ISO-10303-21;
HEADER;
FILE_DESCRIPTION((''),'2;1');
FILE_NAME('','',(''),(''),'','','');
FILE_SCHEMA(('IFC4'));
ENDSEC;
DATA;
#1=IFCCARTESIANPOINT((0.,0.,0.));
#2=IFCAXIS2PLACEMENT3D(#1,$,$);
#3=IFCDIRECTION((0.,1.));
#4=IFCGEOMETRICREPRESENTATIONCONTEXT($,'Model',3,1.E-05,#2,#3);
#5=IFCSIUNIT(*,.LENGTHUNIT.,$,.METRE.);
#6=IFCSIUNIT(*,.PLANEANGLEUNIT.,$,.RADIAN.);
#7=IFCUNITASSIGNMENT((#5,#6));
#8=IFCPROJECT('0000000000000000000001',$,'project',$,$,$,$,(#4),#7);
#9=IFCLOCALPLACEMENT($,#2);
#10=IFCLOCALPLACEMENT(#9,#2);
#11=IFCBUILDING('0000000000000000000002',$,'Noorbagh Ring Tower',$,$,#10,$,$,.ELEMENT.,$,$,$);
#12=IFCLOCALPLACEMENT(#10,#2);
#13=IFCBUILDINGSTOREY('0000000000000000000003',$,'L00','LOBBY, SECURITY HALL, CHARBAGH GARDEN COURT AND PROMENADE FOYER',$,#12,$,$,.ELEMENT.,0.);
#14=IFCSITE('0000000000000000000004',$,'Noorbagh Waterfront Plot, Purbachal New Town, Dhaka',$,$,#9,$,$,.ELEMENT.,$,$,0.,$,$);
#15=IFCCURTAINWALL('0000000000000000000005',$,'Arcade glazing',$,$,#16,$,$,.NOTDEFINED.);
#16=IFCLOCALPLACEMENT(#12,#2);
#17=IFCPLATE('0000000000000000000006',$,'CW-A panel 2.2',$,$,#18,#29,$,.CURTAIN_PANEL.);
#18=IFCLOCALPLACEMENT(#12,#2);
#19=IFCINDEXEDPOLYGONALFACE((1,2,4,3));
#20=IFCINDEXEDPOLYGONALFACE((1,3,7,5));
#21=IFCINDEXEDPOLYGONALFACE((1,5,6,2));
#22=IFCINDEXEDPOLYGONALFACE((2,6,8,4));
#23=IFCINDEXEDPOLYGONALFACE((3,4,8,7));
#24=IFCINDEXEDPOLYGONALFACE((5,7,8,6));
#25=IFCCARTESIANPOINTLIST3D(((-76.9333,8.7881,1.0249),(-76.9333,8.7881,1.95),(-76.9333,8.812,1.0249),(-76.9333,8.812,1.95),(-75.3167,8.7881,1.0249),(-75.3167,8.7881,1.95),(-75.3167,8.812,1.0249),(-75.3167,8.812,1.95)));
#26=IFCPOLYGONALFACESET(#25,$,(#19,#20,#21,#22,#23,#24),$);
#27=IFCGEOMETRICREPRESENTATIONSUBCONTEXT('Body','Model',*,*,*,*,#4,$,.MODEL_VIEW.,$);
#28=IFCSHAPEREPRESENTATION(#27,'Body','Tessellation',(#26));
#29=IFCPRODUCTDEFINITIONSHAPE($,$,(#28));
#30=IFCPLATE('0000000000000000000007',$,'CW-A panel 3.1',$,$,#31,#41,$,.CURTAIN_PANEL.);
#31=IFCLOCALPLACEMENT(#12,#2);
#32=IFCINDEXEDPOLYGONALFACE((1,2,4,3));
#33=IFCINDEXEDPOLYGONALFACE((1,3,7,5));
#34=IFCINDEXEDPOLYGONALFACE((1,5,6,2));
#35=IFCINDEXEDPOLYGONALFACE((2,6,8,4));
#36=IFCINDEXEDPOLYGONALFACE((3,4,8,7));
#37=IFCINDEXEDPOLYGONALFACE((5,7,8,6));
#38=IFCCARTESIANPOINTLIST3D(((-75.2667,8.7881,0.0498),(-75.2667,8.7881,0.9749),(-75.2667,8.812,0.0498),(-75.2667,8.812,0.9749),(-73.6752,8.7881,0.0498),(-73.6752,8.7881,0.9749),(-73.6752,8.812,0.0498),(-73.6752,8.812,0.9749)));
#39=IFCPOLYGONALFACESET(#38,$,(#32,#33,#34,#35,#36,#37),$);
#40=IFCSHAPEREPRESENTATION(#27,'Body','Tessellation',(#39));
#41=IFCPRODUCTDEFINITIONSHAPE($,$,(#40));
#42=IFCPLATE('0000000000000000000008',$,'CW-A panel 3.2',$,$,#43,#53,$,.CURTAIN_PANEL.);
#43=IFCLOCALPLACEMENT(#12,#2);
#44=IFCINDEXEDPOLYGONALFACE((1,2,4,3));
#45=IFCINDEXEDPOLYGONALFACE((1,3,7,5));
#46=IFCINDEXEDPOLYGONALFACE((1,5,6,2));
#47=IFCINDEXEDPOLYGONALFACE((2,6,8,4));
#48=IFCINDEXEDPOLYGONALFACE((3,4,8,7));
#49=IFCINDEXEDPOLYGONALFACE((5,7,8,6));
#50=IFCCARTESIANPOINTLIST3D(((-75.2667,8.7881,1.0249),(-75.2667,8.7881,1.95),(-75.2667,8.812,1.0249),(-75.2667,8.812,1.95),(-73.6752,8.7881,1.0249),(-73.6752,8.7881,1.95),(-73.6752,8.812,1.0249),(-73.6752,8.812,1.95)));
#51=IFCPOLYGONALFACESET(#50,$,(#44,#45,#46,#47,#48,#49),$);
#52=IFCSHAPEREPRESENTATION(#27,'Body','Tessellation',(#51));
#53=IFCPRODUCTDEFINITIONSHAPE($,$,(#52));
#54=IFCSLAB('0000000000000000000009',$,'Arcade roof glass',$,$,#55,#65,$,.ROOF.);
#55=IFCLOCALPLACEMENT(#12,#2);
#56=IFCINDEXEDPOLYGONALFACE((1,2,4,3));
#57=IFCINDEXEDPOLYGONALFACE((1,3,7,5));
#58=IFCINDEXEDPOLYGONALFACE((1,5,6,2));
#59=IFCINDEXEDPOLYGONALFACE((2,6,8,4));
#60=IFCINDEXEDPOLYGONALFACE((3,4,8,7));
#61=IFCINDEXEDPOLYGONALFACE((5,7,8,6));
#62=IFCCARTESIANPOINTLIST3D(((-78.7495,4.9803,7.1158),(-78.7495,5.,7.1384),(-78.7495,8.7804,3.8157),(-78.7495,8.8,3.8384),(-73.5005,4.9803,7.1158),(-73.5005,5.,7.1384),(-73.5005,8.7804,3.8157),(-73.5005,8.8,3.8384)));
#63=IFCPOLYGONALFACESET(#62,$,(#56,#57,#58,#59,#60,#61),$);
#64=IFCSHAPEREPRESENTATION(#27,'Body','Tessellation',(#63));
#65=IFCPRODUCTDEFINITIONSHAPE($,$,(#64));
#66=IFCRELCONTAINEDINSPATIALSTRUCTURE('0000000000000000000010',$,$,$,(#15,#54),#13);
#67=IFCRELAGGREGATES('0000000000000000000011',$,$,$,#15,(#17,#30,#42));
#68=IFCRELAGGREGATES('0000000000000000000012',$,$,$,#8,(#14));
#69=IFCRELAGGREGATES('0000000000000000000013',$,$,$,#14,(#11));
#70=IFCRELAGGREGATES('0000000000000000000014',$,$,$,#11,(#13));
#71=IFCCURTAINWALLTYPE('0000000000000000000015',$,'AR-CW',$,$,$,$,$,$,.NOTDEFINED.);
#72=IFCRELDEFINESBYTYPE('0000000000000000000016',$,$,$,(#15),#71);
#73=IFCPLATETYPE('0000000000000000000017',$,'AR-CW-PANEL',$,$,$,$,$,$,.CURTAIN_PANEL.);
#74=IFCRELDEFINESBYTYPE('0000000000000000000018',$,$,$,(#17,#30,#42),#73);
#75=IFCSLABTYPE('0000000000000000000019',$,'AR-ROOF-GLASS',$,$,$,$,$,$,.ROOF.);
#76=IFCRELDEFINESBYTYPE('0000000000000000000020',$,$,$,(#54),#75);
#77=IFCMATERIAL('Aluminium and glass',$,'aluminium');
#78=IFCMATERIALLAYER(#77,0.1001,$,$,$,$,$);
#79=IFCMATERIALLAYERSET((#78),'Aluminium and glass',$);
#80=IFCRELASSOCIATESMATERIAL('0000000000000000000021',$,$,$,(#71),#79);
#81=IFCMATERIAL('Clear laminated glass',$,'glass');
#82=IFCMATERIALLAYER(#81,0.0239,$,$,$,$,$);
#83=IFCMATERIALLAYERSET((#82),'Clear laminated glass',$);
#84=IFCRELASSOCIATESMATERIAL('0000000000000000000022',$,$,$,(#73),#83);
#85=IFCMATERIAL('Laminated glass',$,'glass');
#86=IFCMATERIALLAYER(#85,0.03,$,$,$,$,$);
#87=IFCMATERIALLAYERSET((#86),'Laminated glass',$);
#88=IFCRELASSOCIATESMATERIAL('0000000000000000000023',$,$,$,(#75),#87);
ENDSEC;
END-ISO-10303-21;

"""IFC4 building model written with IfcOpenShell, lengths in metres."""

from ifc_helpers import new_model, si_unit, direction, frame, origin, origin_2d, place, context, subcontext, project, spatial, polyline, rectangle, outline, extrude, material, layer, layer_set, type_object, element, aggregate, save


model = new_model("IFC4")

# Units and contexts
model_context = context("Model", 3, precision=1e-05, world=origin(), true_north=direction((0.0, 1.0)))
body_context = subcontext(model_context, "Body", "Model", "MODEL_VIEW")
ifc_project = project(units=[si_unit("LENGTHUNIT", "METRE"), si_unit("PLANEANGLEUNIT", "RADIAN")], contexts=[model_context])

# Site, building, storey
site_placement = place(None, origin())
site = spatial("IfcSite", under=ifc_project, at=site_placement, Name="Noorbagh Waterfront Plot, Purbachal New Town, Dhaka", CompositionType="ELEMENT", RefElevation=0.0)
building_placement = place(site_placement, origin())
building = spatial("IfcBuilding", under=site, at=building_placement, Name="Noorbagh Ring Tower", CompositionType="ELEMENT")
storey_placement = place(building_placement, origin())
storey = spatial("IfcBuildingStorey", under=building, at=storey_placement, Name="L00", Description="LOBBY, SECURITY HALL, CHARBAGH GARDEN COURT AND PROMENADE FOYER", CompositionType="ELEMENT", Elevation=0.0)

# Curtain wall, plates
ifc_material_1 = material(Name="Aluminium and glass", Category="aluminium")
ifc_layer_1 = layer(ifc_material_1, 0.1001)
ifc_layer_set_1 = layer_set([ifc_layer_1], Name="Aluminium and glass")
curtain_wall_type = type_object("IfcCurtainWallType", Name="AR-CW", PredefinedType="NOTDEFINED", material=ifc_layer_set_1)
curtain_wall_placement = place(storey_placement, origin())
curtain_wall = element("IfcCurtainWall", 1, at=curtain_wall_placement, inside=storey, type_object=curtain_wall_type, Name="Arcade glazing", PredefinedType="NOTDEFINED")
ifc_material_2 = material(Name="Clear laminated glass", Category="glass")
ifc_layer_2 = layer(ifc_material_2, 0.0239)
ifc_layer_set_2 = layer_set([ifc_layer_2], Name="Clear laminated glass")
plate_type = type_object("IfcPlateType", Name="AR-CW-PANEL", PredefinedType="CURTAIN_PANEL", material=ifc_layer_set_2)
plate_1_placement = place(storey_placement, frame((-76.125, 8.8, 1.0249), z_axis=(0.0, 0.0, 1.0), x_axis=(1.0, 0.0, 0.0)))
plate_1 = element("IfcPlate", 2, at=plate_1_placement, type_object=plate_type, Name="CW-A panel 2.2", PredefinedType="CURTAIN_PANEL", context=body_context, shape_type="SweptSolid", body=[
    extrude(rectangle(XDim=1.6167, YDim=0.0239, at=origin_2d()), origin(), (0.0, 0.0, 1.0), 0.925),
])
plate_2_placement = place(storey_placement, frame((-74.4709, 8.8, 0.0498), z_axis=(0.0, 0.0, 1.0), x_axis=(1.0, 0.0, 0.0)))
plate_2 = element("IfcPlate", 3, at=plate_2_placement, type_object=plate_type, Name="CW-A panel 3.1", PredefinedType="CURTAIN_PANEL", context=body_context, shape_type="SweptSolid", body=[
    extrude(rectangle(XDim=1.5916, YDim=0.0239, at=origin_2d()), origin(), (0.0, 0.0, 1.0), 0.925),
])
plate_3_placement = place(storey_placement, frame((-74.4709, 8.8, 1.0249), z_axis=(0.0, 0.0, 1.0), x_axis=(1.0, 0.0, 0.0)))
plate_3 = element("IfcPlate", 4, at=plate_3_placement, type_object=plate_type, Name="CW-A panel 3.2", PredefinedType="CURTAIN_PANEL", context=body_context, shape_type="SweptSolid", body=[
    extrude(rectangle(XDim=1.5916, YDim=0.0239, at=origin_2d()), origin(), (0.0, 0.0, 1.0), 0.925),
])
aggregate(curtain_wall, [plate_1, plate_2, plate_3])

# Slab
ifc_material_3 = material(Name="Laminated glass", Category="glass")
ifc_layer_3 = layer(ifc_material_3, 0.03)
ifc_layer_set_3 = layer_set([ifc_layer_3], Name="Laminated glass")
slab_type = type_object("IfcSlabType", Name="AR-ROOF-GLASS", PredefinedType="ROOF", material=ifc_layer_set_3)
slab_placement = place(storey_placement, frame((-78.7495, 8.8, 3.8384), z_axis=(0.0, 0.655687, 0.755032), x_axis=(1.0, 0.0, 0.0)))
element("IfcSlab", 5, at=slab_placement, inside=storey, type_object=slab_type, Name="Arcade roof glass", PredefinedType="ROOF", context=body_context, shape_type="SweptSolid", body=[
    extrude(outline(polyline([(0.0, 0.0), (5.249, 0.0), (5.249, -5.033), (0.0, -5.033), (0.0, 0.0)])), origin(), (0.0, 0.0, -1.0), 0.03),
])

save(model, "model.ifc")
